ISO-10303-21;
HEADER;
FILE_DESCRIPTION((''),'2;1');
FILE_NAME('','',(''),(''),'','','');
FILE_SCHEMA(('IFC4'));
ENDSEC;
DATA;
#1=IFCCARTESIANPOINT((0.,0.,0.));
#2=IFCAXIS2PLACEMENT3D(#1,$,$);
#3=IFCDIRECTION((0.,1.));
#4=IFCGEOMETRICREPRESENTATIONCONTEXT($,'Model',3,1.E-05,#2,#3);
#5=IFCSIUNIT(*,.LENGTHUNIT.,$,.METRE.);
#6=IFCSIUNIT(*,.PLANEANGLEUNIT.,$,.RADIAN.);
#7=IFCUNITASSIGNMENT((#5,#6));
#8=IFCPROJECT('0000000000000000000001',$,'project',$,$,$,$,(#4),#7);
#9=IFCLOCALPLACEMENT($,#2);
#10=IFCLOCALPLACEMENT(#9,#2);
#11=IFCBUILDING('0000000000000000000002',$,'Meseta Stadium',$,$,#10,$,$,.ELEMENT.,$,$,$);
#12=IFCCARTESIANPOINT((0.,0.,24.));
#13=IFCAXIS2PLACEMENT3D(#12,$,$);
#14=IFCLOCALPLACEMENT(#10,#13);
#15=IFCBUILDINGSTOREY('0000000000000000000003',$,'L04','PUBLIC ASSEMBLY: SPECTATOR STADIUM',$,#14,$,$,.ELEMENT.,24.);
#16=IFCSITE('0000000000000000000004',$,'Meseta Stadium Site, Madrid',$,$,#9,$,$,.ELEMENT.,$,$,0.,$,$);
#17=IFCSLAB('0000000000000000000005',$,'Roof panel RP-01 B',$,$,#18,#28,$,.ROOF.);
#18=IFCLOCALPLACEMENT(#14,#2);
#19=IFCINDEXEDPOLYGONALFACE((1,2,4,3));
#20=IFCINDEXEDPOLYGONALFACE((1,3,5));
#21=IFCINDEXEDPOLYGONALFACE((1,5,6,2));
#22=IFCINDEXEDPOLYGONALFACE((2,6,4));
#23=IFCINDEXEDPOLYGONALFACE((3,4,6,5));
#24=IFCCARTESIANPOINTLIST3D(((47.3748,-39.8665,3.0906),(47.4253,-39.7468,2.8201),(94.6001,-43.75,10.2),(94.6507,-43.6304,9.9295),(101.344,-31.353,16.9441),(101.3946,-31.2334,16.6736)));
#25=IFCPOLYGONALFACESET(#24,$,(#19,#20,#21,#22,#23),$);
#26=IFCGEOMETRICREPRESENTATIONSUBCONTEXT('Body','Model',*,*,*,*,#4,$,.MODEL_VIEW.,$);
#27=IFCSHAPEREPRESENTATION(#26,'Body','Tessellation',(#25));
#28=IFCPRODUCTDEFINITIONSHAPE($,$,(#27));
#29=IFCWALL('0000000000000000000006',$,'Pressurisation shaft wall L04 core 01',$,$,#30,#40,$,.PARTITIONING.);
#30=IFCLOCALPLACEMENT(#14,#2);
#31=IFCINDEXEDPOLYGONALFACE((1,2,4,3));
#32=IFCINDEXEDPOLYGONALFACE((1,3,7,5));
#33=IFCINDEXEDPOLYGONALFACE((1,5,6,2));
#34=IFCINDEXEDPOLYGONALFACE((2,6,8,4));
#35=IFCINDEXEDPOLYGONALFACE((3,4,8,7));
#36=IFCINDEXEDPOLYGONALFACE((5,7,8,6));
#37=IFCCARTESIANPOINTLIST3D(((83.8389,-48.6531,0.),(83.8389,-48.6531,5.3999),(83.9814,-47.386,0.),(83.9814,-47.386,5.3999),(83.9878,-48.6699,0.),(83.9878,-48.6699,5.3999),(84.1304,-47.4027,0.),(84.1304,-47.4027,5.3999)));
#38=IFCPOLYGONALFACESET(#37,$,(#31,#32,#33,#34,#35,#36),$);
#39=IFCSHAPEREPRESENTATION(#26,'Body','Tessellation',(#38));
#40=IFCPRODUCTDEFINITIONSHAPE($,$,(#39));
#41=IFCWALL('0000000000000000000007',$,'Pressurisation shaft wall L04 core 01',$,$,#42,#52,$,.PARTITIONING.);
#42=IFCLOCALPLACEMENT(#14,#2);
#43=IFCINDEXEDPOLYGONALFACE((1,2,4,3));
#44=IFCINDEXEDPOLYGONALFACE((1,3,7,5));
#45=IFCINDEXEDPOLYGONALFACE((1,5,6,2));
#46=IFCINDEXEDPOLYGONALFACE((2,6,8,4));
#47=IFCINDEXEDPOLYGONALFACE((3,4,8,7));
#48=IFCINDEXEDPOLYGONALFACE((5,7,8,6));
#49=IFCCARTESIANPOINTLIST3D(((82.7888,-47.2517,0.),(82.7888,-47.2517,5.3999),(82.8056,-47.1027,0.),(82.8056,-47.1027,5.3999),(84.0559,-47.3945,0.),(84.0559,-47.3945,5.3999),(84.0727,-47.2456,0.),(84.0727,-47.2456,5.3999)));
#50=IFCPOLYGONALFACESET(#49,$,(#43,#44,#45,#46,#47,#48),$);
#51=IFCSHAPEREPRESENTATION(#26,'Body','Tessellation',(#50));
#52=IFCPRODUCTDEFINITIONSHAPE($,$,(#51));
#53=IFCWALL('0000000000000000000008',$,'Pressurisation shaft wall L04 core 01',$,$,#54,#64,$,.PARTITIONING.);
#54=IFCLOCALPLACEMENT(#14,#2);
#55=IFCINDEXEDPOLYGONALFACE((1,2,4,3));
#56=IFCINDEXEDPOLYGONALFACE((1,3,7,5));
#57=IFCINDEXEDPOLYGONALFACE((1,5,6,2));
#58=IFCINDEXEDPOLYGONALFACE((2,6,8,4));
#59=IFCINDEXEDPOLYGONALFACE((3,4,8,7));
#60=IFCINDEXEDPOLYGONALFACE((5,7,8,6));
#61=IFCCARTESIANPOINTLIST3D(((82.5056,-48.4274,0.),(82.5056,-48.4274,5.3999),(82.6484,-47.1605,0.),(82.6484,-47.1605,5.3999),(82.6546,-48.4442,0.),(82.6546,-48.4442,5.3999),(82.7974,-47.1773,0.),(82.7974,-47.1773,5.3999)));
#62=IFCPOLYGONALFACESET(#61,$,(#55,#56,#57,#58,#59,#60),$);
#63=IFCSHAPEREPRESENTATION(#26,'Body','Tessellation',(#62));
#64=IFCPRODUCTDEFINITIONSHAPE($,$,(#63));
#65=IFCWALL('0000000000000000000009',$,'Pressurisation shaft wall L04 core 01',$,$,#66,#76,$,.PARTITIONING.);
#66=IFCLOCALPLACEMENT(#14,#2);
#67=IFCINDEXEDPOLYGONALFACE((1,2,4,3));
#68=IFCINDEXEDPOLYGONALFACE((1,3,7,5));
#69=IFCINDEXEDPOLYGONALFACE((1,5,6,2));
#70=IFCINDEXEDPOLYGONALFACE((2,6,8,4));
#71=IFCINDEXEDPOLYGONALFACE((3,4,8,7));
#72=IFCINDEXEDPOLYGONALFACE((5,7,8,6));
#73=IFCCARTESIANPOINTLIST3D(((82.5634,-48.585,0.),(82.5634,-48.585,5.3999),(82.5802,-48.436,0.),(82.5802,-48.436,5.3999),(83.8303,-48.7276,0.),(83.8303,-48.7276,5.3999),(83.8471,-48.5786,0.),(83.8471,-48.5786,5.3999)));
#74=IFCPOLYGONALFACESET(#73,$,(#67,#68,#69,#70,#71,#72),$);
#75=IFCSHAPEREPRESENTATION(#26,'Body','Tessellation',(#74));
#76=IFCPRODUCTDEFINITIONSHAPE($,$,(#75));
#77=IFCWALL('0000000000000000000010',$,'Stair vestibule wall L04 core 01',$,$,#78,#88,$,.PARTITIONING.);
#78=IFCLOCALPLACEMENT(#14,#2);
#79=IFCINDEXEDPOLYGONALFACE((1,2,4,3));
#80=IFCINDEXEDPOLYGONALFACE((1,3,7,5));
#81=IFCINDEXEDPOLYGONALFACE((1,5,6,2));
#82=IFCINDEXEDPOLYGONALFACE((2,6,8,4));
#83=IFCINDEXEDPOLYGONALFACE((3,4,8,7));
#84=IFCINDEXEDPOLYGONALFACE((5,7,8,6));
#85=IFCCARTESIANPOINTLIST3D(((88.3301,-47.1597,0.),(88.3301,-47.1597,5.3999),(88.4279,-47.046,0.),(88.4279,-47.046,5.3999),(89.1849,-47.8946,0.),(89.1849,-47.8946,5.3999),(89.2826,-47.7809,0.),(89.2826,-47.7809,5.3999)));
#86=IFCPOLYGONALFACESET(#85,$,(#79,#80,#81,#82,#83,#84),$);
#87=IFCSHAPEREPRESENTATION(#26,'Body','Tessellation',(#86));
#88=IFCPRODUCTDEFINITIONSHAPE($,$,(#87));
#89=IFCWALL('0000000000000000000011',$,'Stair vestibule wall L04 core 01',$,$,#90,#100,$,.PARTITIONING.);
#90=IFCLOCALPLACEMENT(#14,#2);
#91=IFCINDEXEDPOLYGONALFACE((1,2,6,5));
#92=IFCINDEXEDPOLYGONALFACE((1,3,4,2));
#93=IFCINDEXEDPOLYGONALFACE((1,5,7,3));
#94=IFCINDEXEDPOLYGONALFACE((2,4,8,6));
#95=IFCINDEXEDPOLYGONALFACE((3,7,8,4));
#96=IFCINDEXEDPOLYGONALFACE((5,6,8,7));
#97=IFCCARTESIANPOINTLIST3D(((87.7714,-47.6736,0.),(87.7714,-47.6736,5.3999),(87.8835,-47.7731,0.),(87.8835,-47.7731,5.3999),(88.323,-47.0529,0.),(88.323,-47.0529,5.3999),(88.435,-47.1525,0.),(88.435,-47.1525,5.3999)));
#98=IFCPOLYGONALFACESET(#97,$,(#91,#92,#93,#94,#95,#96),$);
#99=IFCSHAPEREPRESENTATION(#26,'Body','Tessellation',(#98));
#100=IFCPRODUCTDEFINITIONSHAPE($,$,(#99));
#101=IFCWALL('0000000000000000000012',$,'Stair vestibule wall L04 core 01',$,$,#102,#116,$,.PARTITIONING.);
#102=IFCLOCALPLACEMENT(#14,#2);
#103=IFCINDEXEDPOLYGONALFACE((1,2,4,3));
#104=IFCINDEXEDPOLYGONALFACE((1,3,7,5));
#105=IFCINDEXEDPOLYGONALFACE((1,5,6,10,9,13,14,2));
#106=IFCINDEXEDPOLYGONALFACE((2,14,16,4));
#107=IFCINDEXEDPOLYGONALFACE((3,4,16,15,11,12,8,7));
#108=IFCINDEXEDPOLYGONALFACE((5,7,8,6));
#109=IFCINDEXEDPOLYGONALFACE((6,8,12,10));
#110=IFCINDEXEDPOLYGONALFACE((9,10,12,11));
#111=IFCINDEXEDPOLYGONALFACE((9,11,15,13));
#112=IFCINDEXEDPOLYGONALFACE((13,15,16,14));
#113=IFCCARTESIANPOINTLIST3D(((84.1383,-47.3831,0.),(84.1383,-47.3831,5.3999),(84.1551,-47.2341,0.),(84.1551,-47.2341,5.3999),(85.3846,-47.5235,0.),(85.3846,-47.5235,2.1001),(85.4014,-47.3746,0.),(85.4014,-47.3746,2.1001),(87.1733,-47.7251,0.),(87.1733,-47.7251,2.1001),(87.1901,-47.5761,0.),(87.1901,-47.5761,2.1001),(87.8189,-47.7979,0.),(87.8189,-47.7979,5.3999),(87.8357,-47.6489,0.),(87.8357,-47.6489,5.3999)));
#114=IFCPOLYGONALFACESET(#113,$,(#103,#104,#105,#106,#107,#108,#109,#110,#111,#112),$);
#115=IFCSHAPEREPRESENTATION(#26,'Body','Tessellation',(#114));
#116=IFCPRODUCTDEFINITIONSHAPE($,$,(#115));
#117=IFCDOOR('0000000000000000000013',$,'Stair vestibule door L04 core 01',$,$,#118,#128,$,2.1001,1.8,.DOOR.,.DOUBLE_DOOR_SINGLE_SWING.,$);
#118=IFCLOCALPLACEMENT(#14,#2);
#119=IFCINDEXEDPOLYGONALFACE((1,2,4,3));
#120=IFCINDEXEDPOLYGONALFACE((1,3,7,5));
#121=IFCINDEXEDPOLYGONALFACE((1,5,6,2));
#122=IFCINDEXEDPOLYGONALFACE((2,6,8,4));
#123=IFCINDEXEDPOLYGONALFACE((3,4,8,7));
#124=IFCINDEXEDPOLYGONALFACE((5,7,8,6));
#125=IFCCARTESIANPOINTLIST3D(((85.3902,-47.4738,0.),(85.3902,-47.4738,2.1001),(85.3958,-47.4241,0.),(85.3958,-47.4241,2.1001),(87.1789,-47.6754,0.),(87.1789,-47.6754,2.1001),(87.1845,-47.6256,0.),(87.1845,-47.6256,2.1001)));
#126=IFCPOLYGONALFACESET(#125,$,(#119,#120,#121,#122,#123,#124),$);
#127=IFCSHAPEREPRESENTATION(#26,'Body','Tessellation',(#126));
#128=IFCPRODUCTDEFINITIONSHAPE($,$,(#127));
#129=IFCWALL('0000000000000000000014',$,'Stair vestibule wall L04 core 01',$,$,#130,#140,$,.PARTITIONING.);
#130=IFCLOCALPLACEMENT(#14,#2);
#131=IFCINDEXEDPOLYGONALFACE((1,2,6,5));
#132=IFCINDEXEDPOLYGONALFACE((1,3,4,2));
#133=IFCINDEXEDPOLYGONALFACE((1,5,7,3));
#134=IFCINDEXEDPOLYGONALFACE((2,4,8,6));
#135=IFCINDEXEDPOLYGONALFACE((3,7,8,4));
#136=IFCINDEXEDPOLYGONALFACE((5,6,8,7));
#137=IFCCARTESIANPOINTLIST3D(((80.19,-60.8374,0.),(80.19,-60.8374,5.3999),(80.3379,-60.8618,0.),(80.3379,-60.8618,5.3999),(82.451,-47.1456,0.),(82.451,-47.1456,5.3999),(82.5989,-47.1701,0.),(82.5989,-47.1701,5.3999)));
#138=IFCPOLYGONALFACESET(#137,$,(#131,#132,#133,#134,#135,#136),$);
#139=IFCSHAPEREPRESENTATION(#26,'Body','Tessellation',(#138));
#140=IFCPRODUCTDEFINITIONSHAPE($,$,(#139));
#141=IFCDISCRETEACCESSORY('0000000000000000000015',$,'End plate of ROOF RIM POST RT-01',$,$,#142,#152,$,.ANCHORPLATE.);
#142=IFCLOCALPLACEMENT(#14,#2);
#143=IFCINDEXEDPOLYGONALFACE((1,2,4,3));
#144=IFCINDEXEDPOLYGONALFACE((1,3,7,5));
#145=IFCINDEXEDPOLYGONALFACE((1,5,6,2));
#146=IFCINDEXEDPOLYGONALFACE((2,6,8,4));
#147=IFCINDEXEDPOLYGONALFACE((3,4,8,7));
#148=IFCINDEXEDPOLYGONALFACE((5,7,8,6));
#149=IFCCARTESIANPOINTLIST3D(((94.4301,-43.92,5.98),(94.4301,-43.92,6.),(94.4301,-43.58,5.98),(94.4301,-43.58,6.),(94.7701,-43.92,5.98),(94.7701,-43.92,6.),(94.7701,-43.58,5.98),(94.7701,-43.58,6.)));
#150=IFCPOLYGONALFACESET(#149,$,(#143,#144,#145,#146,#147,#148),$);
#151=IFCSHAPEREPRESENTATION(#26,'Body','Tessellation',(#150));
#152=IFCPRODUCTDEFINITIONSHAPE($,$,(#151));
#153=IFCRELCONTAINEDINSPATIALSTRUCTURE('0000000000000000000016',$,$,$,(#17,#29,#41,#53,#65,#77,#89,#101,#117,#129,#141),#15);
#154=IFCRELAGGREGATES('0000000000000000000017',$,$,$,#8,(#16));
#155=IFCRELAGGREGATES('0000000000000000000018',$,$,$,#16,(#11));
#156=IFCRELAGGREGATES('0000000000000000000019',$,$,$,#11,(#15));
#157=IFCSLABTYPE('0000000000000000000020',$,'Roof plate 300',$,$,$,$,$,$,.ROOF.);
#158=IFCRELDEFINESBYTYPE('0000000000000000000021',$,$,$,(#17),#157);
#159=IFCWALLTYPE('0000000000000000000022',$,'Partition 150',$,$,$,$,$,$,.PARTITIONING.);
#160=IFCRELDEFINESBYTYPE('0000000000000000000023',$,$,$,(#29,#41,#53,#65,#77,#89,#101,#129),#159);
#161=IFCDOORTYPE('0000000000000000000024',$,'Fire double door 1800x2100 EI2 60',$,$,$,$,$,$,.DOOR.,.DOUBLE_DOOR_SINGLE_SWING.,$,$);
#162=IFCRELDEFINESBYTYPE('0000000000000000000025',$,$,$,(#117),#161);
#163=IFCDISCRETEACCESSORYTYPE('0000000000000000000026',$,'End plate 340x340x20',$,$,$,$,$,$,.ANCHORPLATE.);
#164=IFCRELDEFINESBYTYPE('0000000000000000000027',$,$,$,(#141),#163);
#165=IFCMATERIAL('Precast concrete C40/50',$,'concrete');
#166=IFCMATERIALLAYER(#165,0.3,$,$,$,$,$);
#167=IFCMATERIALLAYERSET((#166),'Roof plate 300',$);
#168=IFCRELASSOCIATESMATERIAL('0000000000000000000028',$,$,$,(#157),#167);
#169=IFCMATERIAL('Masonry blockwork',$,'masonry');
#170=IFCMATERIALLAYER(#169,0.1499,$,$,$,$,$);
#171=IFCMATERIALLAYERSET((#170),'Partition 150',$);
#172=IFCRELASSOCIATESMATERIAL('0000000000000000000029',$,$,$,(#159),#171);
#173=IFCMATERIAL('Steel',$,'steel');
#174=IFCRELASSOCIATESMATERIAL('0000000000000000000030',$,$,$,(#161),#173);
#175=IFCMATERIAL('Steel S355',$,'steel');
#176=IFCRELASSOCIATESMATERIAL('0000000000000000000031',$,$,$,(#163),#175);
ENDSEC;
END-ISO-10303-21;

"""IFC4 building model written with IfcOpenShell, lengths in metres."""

from ifc_helpers import new_model, si_unit, direction, frame, frame_2d, origin, origin_2d, place, context, subcontext, project, spatial, polyline, rectangle, outline, extrude, material, layer, layer_set, material_profile, profile_set, type_object, element, fill, save


model = new_model("IFC4")

# Units and contexts
model_context = context("Model", 3, precision=1e-05, world=origin(), true_north=direction((0.0, 1.0)))
body_context = subcontext(model_context, "Body", "Model", "MODEL_VIEW")
ifc_project = project(units=[si_unit("LENGTHUNIT", "METRE"), si_unit("PLANEANGLEUNIT", "RADIAN")], contexts=[model_context])

# Site, building, storey
site_placement = place(None, origin())
site = spatial("IfcSite", under=ifc_project, at=site_placement, Name="Meseta Stadium Site, Madrid", CompositionType="ELEMENT", RefElevation=0.0)
building_placement = place(site_placement, origin())
building = spatial("IfcBuilding", under=site, at=building_placement, Name="Meseta Stadium", CompositionType="ELEMENT")
storey_placement = place(building_placement, frame((0.0, 0.0, 24.0)))
storey = spatial("IfcBuildingStorey", under=building, at=storey_placement, Name="L04", Description="PUBLIC ASSEMBLY: SPECTATOR STADIUM", CompositionType="ELEMENT", Elevation=24.0)

# Slab
ifc_material_1 = material(Name="Precast concrete C40/50", Category="concrete")
ifc_layer_1 = layer(ifc_material_1, 0.3)
ifc_layer_set_1 = layer_set([ifc_layer_1], Name="Roof plate 300")
slab_type = type_object("IfcSlabType", Name="Roof plate 300", PredefinedType="ROOF", material=ifc_layer_set_1)
slab_placement = place(storey_placement, frame((94.6001, -43.75, 10.2), z_axis=(-0.168496, -0.398742, 0.901451), x_axis=(-0.985604, 0.081051, -0.148374)))
element("IfcSlab", 1, at=slab_placement, inside=storey, type_object=slab_type, Name="Roof panel RP-01 B", PredefinedType="ROOF", context=body_context, shape_type="SweptSolid", body=[
    extrude(outline(polyline([(0.0, 0.0), (47.9151, 0.0), (-6.6427, -14.1606), (0.0, 0.0)])), origin(), (0.0, 0.0, -1.0), 0.3),
])

# Walls
ifc_material_2 = material(Name="Masonry blockwork", Category="masonry")
ifc_layer_2 = layer(ifc_material_2, 0.1499)
ifc_layer_set_2 = layer_set([ifc_layer_2], Name="Partition 150")
wall_type = type_object("IfcWallType", Name="Partition 150", PredefinedType="PARTITIONING", material=ifc_layer_set_2)
for number, where, z_axis, x_axis, name in (
    (2, (83.9133, -48.6616, 0.0), (0.0, 0.0, 1.0), (0.111818, 0.993729, 0.0), "Pressurisation shaft wall L04 core 01"),
    (3, (84.0645, -47.3201, 0.0), (0.0, 0.0, 1.0), (-0.993707, 0.112007, 0.0), "Pressurisation shaft wall L04 core 01"),
):
    element("IfcWall", number, at=place(storey_placement, frame(where, z_axis=z_axis, x_axis=x_axis)), inside=storey, type_object=wall_type, Name=name, PredefinedType="PARTITIONING", context=body_context, shape_type="SweptSolid", body=[
        extrude(rectangle(XDim=1.2751, YDim=0.1499, at=frame_2d((0.6377, 0.0))), origin(), (0.0, 0.0, 1.0), 5.3999),
    ])
for number, where, z_axis, x_axis, name in (
    (4, (82.7229, -47.1689, 0.0), (0.0, 0.0, 1.0), (-0.112029, -0.993705, 0.0), "Pressurisation shaft wall L04 core 01"),
    (5, (82.5718, -48.5105, 0.0), (0.0, 0.0, 1.0), (0.993726, -0.11184, 0.0), "Pressurisation shaft wall L04 core 01"),
):
    element("IfcWall", number, at=place(storey_placement, frame(where, z_axis=z_axis, x_axis=x_axis)), inside=storey, type_object=wall_type, Name=name, PredefinedType="PARTITIONING", context=body_context, shape_type="SweptSolid", body=[
        extrude(rectangle(XDim=1.2749, YDim=0.1499, at=frame_2d((0.6375, 0.0))), origin(), (0.0, 0.0, 1.0), 5.3999),
    ])
wall_1_placement = place(storey_placement, frame((89.2336, -47.8376, 0.0), z_axis=(0.0, 0.0, 1.0), x_axis=(-0.758277, 0.651932, 0.0)))
element("IfcWall", 6, at=wall_1_placement, inside=storey, type_object=wall_type, Name="Stair vestibule wall L04 core 01", PredefinedType="PARTITIONING", context=body_context, shape_type="SweptSolid", body=[
    extrude(rectangle(XDim=1.1272, YDim=0.1499, at=frame_2d((0.5635, 0.0))), origin(), (0.0, 0.0, 1.0), 5.3999),
])
wall_2_placement = place(storey_placement, frame((88.3789, -47.1028, 0.0), z_axis=(0.0, 0.0, 1.0), x_axis=(-0.664273, -0.74749, 0.0)))
element("IfcWall", 7, at=wall_2_placement, inside=storey, type_object=wall_type, Name="Stair vestibule wall L04 core 01", PredefinedType="PARTITIONING", context=body_context, shape_type="SweptSolid", body=[
    extrude(rectangle(XDim=0.8303, YDim=0.1499, at=frame_2d((0.415, 0.0))), origin(), (0.0, 0.0, 1.0), 5.3999),
])

# Wall, opening, door
wall_3_placement = place(storey_placement, frame((87.8274, -47.7234, 0.0), z_axis=(0.0, 0.0, 1.0), x_axis=(-0.99371, 0.111987, 0.0)))
wall_3 = element("IfcWall", 8, at=wall_3_placement, inside=storey, type_object=wall_type, Name="Stair vestibule wall L04 core 01", PredefinedType="PARTITIONING", context=body_context, shape_type="SweptSolid", body=[
    extrude(rectangle(XDim=3.7039, YDim=0.1499, at=frame_2d((1.8521, 0.0))), origin(), (0.0, 0.0, 1.0), 5.3999),
])
opening_placement = place(wall_3_placement, frame((0.6499, 0.0, 0.0)))
opening = element("IfcOpeningElement", 9, at=opening_placement, cuts=wall_3, PredefinedType="OPENING", context=body_context, shape_type="SweptSolid", body=[
    extrude(rectangle(XDim=1.8, YDim=2.1001, at=frame_2d((0.8999, 1.05))), frame((0.0, 0.085, 0.0), z_axis=(0.0, -1.0, 0.0), x_axis=(1.0, 0.0, 0.0)), (0.0, 0.0, 1.0), 0.1699),
])
ifc_material_3 = material(Name="Steel", Category="steel")
door_type = type_object("IfcDoorType", Name="Fire double door 1800x2100 EI2 60", OperationType="DOUBLE_DOOR_SINGLE_SWING", PredefinedType="DOOR", material=ifc_material_3)
door_placement = place(opening_placement, origin())
door = element("IfcDoor", 10, at=door_placement, inside=storey, type_object=door_type, Name="Stair vestibule door L04 core 01", OperationType="DOUBLE_DOOR_SINGLE_SWING", OverallHeight=2.1001, OverallWidth=1.8, PredefinedType="DOOR", context=body_context, shape_type="SweptSolid", body=[
    extrude(rectangle(XDim=1.8, YDim=2.1001, at=frame_2d((0.8999, 1.05))), frame((0.0, 0.0249, 0.0), z_axis=(0.0, -1.0, 0.0), x_axis=(1.0, 0.0, 0.0)), (0.0, 0.0, 1.0), 0.05),
])
fill(opening, door)

# Wall
wall_4_placement = place(storey_placement, frame((82.5249, -47.158, 0.0), z_axis=(0.0, 0.0, 1.0), x_axis=(-0.16293, -0.986638, 0.0)))
element("IfcWall", 11, at=wall_4_placement, inside=storey, type_object=wall_type, Name="Stair vestibule wall L04 core 01", PredefinedType="PARTITIONING", context=body_context, shape_type="SweptSolid", body=[
    extrude(rectangle(XDim=13.8772, YDim=0.1499, at=frame_2d((6.9385, 0.0))), origin(), (0.0, 0.0, 1.0), 5.3999),
])

# Discrete accessory
ifc_material_4 = material(Name="Steel S355", Category="steel")
ifc_material_profile_1 = material_profile(ifc_material_4, rectangle(XDim=0.3401, YDim=0.3401, at=origin_2d()), Name="PL 340x340")
ifc_profile_set_1 = profile_set([ifc_material_profile_1], Name="Steel S355")
discrete_accessory_type = type_object("IfcDiscreteAccessoryType", Name="End plate 340x340x20", PredefinedType="ANCHORPLATE", material=ifc_profile_set_1)
discrete_accessory_placement = place(storey_placement, frame((94.6001, -43.75, 5.98), z_axis=(0.0, 0.0, 1.0), x_axis=(1.0, 0.0, 0.0)))
element("IfcDiscreteAccessory", 12, at=discrete_accessory_placement, inside=storey, type_object=discrete_accessory_type, Name="End plate of ROOF RIM POST RT-01", PredefinedType="ANCHORPLATE", context=body_context, shape_type="SweptSolid", body=[
    extrude(rectangle(XDim=0.3401, YDim=0.3401, at=origin_2d()), origin(), (0.0, 0.0, 1.0), 0.02),
])

save(model, "model.ifc")
